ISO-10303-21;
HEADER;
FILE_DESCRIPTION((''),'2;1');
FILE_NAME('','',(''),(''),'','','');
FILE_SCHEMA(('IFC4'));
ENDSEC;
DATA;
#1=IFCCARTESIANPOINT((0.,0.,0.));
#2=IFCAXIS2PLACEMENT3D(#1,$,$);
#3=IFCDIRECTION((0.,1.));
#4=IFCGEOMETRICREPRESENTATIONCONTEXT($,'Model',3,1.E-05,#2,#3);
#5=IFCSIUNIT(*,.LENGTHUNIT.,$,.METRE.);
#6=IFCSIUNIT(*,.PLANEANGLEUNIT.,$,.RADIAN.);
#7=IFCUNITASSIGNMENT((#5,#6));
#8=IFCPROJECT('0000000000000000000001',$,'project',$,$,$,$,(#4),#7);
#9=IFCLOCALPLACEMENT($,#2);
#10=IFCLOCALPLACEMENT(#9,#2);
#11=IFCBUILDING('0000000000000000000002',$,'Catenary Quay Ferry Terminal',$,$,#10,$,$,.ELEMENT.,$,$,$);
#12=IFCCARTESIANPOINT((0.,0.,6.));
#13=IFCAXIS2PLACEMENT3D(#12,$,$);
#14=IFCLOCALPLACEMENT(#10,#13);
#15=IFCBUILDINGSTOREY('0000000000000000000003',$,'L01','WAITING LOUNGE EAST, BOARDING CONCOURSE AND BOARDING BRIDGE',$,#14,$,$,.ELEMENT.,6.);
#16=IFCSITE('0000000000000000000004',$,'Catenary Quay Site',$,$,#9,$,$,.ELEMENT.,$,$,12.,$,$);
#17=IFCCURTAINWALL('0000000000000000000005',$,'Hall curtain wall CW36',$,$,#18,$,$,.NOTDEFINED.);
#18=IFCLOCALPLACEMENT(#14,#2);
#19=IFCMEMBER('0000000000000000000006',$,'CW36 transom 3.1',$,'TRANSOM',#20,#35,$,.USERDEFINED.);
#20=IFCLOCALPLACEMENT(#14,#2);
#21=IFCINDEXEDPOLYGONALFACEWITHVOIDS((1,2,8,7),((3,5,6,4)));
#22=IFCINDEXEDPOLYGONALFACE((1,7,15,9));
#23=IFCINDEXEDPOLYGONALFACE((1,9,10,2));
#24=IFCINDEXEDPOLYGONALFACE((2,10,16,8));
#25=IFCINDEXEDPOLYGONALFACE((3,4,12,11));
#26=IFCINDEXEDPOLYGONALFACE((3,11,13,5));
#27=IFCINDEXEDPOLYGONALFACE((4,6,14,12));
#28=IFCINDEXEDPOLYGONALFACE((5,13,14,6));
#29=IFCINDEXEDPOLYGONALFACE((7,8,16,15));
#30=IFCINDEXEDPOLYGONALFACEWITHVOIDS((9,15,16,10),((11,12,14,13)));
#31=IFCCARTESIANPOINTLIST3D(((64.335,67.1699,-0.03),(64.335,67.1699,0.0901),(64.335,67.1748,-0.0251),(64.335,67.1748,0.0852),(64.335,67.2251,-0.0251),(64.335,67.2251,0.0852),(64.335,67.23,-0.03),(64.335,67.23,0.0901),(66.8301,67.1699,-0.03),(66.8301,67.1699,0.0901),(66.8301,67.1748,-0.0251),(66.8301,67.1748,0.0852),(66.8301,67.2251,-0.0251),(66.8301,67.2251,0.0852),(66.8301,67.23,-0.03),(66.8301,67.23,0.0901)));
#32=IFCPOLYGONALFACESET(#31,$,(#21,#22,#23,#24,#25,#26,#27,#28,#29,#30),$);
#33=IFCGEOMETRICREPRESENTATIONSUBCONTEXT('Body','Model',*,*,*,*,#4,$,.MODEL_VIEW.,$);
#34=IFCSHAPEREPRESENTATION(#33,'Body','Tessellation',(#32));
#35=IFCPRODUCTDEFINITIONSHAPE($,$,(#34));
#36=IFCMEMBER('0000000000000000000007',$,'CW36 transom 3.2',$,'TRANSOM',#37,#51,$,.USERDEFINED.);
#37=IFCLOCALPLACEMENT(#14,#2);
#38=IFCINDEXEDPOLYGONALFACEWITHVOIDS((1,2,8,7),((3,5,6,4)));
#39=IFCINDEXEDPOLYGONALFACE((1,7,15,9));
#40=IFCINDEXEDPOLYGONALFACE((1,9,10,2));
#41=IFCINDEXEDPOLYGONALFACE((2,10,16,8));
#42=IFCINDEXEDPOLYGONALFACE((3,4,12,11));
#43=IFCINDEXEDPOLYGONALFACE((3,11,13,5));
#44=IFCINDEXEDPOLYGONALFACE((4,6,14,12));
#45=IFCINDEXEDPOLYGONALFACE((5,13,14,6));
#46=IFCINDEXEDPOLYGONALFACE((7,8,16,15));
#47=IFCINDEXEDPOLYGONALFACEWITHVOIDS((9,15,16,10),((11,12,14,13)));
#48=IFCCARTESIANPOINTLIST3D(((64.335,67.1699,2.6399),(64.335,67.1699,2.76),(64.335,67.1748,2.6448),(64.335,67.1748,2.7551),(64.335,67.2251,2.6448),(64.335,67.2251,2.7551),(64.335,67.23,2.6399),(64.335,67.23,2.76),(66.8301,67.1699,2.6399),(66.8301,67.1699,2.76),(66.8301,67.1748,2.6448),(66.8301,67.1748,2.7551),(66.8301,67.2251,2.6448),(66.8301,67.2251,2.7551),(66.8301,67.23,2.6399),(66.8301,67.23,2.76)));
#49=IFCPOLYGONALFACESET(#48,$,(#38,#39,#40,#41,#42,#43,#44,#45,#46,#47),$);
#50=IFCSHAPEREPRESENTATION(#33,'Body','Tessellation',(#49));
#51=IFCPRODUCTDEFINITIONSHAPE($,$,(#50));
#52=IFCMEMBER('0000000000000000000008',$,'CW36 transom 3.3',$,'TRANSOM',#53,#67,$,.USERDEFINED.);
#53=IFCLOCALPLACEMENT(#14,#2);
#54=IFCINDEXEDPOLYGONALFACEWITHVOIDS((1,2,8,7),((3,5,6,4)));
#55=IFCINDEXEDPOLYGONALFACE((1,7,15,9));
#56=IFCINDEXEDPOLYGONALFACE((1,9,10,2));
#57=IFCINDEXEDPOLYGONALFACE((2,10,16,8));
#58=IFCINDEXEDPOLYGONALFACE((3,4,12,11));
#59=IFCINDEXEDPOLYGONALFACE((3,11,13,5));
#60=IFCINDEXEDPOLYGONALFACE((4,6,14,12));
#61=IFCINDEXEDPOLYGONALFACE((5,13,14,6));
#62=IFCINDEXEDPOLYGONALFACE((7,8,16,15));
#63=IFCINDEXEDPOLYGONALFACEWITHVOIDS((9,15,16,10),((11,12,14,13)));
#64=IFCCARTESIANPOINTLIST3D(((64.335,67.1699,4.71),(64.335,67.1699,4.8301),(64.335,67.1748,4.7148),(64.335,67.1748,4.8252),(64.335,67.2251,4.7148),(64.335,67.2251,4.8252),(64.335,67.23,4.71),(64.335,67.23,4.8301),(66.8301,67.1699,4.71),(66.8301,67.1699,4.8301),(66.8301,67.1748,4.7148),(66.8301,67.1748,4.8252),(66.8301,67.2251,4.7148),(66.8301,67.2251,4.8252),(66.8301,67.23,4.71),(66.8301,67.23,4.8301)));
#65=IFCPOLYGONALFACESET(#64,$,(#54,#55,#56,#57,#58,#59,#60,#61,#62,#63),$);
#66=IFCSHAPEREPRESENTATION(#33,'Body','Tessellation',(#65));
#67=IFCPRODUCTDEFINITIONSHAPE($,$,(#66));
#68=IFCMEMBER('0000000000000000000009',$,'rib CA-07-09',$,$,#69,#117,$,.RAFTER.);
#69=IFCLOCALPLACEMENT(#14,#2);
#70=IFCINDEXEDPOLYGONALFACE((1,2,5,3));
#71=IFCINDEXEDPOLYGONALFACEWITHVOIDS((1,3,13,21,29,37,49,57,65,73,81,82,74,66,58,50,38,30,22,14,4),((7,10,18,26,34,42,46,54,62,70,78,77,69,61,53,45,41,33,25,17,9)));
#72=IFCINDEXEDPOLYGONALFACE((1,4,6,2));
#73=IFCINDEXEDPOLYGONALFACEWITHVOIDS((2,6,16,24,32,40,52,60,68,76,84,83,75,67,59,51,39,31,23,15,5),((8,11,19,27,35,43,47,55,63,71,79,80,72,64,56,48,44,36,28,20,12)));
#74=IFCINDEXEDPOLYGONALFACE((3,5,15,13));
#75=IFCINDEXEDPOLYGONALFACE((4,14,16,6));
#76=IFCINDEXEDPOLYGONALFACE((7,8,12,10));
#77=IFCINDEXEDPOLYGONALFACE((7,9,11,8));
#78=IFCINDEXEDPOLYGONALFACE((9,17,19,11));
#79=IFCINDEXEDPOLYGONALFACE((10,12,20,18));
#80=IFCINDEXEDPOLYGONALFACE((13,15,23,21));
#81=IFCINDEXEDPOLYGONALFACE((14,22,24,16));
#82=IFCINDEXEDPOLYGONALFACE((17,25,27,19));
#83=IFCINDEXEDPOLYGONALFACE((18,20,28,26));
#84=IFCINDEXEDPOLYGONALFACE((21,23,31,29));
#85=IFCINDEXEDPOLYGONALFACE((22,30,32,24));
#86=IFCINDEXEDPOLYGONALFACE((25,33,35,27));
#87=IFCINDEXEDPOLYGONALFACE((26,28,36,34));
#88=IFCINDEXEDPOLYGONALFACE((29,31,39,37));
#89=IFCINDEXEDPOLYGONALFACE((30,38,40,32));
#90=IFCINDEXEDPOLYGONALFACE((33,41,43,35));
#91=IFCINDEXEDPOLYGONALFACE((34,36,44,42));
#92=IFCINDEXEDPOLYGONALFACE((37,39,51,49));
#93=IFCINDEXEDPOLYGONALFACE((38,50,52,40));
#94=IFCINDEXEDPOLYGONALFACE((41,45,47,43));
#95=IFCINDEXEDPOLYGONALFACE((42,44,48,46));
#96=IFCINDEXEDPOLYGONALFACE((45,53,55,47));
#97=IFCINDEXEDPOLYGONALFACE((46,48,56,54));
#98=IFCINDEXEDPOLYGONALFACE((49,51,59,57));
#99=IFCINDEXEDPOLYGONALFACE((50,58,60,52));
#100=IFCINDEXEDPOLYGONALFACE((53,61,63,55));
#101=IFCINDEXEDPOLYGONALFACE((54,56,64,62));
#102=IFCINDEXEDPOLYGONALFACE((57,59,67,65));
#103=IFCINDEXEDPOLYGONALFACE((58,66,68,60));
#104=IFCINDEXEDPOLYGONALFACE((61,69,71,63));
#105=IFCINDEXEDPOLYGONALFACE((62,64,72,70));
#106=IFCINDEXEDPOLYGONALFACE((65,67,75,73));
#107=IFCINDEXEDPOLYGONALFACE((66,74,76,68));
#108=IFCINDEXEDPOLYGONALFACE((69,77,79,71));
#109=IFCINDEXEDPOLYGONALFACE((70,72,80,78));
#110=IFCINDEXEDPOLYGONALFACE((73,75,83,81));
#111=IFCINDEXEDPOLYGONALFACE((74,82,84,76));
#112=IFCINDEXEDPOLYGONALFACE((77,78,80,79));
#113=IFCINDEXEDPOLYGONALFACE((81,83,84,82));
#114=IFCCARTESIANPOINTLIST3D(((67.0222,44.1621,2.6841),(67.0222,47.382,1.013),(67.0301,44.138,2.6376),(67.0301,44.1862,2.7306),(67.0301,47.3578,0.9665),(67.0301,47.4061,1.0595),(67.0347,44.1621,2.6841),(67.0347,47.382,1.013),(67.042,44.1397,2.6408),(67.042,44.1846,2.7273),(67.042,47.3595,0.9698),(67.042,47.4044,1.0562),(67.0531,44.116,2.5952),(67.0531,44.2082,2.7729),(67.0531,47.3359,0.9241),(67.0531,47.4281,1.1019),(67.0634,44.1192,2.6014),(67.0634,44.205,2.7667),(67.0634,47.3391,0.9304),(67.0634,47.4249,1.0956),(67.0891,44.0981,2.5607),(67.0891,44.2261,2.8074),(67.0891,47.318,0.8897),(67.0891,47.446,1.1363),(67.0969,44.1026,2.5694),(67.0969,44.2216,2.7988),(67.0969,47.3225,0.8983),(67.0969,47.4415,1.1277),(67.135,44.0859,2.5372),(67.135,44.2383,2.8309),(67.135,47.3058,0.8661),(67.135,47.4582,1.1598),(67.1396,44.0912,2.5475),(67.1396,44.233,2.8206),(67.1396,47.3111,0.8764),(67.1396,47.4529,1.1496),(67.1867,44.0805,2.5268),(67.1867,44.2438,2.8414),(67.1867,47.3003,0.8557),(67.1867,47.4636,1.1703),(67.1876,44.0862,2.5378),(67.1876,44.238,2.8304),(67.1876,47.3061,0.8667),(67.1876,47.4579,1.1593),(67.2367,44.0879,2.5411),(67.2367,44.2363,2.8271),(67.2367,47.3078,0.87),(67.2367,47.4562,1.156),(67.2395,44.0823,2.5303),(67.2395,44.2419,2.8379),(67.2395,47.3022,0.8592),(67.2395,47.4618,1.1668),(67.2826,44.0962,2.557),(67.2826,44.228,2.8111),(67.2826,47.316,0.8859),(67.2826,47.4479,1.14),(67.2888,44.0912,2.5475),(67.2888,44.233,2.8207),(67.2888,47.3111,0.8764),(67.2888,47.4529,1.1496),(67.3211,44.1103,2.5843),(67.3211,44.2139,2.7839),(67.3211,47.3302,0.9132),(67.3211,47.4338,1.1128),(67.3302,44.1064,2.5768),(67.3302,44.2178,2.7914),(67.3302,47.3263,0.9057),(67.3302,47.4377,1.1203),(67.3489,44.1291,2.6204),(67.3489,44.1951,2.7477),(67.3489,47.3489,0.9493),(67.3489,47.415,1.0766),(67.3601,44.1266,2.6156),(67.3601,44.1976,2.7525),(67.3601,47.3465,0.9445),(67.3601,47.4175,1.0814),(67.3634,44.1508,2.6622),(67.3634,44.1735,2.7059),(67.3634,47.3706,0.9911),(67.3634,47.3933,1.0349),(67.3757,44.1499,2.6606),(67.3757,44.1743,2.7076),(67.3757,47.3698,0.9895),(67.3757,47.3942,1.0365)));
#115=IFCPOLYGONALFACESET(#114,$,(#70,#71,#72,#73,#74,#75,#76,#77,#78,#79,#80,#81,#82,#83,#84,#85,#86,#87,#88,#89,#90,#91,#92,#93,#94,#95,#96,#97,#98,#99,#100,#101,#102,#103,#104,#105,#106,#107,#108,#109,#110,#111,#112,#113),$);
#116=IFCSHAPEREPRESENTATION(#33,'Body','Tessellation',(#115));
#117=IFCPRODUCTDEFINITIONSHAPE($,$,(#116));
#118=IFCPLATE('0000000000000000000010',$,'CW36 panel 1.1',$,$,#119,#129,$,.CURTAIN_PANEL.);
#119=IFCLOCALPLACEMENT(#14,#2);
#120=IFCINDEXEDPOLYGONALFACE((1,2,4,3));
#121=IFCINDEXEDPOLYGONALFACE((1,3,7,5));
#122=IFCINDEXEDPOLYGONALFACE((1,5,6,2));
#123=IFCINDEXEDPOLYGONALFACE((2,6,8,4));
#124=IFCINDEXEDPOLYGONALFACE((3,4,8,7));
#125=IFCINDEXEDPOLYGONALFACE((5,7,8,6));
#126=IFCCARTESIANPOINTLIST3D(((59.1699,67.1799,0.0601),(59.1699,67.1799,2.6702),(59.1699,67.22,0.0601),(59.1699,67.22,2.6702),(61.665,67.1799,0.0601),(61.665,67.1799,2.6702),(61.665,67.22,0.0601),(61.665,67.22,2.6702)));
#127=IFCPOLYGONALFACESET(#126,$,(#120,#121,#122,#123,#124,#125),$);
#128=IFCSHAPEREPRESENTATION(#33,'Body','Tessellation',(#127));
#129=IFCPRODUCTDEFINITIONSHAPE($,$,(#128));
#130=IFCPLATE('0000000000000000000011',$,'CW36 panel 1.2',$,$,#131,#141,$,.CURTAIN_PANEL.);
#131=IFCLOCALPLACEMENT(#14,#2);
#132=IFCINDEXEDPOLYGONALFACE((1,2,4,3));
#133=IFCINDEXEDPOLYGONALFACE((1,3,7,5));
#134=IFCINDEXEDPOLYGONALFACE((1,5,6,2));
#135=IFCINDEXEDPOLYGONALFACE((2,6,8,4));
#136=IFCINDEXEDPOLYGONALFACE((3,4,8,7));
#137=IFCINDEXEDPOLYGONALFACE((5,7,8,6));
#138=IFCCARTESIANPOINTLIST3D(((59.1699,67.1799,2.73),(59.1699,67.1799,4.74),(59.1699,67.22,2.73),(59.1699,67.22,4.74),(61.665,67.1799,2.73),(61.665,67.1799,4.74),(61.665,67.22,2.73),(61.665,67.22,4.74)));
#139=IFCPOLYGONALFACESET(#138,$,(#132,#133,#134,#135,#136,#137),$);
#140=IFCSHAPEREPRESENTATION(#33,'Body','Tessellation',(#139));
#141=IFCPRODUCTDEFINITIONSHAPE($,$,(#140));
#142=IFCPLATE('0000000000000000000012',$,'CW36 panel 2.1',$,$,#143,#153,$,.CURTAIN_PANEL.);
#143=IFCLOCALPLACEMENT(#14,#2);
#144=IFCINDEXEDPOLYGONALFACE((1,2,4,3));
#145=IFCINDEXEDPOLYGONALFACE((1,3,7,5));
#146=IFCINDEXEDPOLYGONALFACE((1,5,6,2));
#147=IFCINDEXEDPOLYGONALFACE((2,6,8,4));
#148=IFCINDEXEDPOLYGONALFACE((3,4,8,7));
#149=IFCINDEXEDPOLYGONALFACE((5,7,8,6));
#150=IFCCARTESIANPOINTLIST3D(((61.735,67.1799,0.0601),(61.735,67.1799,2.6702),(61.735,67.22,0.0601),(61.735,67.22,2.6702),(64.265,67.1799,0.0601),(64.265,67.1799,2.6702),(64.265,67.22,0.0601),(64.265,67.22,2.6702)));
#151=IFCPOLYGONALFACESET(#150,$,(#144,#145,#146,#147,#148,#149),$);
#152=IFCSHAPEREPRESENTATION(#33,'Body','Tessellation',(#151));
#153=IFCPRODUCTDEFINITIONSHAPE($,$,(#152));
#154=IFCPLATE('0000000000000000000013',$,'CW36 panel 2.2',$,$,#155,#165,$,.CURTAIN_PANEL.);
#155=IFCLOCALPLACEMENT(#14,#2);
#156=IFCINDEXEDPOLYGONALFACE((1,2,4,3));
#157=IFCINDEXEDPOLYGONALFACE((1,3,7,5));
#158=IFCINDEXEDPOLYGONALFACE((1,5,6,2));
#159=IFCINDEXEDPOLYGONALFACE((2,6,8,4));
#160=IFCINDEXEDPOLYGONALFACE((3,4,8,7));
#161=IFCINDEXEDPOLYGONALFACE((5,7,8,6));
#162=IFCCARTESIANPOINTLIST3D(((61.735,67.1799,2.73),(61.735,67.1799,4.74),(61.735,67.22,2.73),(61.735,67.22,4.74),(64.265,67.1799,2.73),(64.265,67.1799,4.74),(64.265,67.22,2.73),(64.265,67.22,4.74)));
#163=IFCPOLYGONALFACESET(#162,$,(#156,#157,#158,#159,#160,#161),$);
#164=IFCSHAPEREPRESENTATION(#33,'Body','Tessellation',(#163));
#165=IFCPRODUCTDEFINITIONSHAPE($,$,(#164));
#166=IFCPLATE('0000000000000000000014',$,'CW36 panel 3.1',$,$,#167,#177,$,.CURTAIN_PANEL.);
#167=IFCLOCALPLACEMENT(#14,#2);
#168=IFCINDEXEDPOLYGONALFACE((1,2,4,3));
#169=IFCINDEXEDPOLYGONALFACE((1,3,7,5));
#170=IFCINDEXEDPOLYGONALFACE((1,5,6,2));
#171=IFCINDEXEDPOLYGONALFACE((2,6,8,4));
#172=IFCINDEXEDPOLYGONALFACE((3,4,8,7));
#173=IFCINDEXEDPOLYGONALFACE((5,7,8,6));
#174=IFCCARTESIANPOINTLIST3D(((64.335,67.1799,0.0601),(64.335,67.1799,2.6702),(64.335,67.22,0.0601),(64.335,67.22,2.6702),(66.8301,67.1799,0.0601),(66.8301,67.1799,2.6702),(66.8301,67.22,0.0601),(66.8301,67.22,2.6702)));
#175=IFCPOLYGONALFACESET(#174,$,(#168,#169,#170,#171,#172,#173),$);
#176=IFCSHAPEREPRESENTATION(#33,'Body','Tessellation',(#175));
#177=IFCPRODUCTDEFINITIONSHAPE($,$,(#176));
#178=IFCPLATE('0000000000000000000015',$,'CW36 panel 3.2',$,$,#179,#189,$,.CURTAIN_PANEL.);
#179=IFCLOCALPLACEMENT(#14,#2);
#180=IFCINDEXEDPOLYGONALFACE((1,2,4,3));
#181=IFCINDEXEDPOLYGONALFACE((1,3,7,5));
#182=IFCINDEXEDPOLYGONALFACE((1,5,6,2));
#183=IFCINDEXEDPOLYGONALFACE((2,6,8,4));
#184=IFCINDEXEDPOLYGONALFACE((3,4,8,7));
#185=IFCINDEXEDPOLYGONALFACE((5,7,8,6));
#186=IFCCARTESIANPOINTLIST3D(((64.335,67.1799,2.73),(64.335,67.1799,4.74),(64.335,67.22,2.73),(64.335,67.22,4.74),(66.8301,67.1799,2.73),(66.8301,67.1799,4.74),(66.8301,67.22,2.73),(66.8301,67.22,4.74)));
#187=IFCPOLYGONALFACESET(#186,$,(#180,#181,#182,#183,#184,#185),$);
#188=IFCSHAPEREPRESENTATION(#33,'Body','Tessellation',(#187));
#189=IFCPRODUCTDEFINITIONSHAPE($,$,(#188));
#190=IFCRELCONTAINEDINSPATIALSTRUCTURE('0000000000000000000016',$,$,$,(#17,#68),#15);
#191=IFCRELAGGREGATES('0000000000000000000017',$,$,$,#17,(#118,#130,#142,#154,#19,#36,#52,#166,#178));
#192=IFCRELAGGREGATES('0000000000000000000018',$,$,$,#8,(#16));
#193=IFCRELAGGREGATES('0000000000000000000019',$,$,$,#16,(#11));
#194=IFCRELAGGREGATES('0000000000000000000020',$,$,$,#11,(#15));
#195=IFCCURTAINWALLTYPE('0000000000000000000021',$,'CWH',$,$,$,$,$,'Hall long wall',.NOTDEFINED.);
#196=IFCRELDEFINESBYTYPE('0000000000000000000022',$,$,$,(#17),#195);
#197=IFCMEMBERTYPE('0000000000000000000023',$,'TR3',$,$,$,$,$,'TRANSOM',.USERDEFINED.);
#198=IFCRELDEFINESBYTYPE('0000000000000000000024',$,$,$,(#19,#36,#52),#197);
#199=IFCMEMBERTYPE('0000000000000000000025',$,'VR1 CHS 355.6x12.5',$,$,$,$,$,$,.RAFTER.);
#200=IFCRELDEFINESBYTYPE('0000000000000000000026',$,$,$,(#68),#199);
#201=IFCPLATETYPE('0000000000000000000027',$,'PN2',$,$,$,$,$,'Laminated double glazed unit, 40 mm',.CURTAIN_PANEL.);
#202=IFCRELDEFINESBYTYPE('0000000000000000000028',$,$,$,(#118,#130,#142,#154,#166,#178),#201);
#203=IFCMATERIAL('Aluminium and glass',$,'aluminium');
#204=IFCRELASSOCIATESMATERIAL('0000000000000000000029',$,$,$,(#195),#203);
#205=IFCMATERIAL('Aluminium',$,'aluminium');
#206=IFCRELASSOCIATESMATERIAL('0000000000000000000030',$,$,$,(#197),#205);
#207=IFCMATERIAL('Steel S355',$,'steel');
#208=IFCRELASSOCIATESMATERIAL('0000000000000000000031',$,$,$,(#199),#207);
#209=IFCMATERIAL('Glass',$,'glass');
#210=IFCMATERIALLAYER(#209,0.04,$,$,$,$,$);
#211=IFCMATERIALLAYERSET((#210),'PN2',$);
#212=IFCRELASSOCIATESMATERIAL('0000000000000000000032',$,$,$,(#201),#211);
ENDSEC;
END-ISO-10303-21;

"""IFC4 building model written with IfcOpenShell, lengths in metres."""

from ifc_helpers import new_model, si_unit, direction, frame, origin, origin_2d, place, context, subcontext, project, spatial, rectangle, hollow_rectangle, hollow_circle, extrude, material, layer, layer_set, material_profile, profile_set, type_object, element, aggregate, save


model = new_model("IFC4")

# Units and contexts
model_context = context("Model", 3, precision=1e-05, world=origin(), true_north=direction((0.0, 1.0)))
body_context = subcontext(model_context, "Body", "Model", "MODEL_VIEW")
ifc_project = project(units=[si_unit("LENGTHUNIT", "METRE"), si_unit("PLANEANGLEUNIT", "RADIAN")], contexts=[model_context])

# Site, building, storey
site_placement = place(None, origin())
site = spatial("IfcSite", under=ifc_project, at=site_placement, Name="Catenary Quay Site", CompositionType="ELEMENT", RefElevation=12.0)
building_placement = place(site_placement, origin())
building = spatial("IfcBuilding", under=site, at=building_placement, Name="Catenary Quay Ferry Terminal", CompositionType="ELEMENT")
storey_placement = place(building_placement, frame((0.0, 0.0, 6.0)))
storey = spatial("IfcBuildingStorey", under=building, at=storey_placement, Name="L01", Description="WAITING LOUNGE EAST, BOARDING CONCOURSE AND BOARDING BRIDGE", CompositionType="ELEMENT", Elevation=6.0)

# Curtain wall
ifc_material_1 = material(Name="Aluminium and glass", Category="aluminium")
curtain_wall_type = type_object("IfcCurtainWallType", Name="CWH", ElementType="Hall long wall", PredefinedType="NOTDEFINED", material=ifc_material_1)
curtain_wall_placement = place(storey_placement, origin())
curtain_wall = element("IfcCurtainWall", 1, at=curtain_wall_placement, inside=storey, type_object=curtain_wall_type, Name="Hall curtain wall CW36", PredefinedType="NOTDEFINED")

# Members
ifc_material_2 = material(Name="Aluminium", Category="aluminium")
ifc_material_profile_1 = material_profile(ifc_material_2, hollow_rectangle(XDim=0.0601, YDim=0.1201, WallThickness=0.0049, at=origin_2d()), Name="TR3")
ifc_profile_set_1 = profile_set([ifc_material_profile_1], Name="Aluminium")
member_type_1 = type_object("IfcMemberType", Name="TR3", ElementType="TRANSOM", PredefinedType="USERDEFINED", material=ifc_profile_set_1)
member_1_placement = place(storey_placement, frame((64.335, 67.2, 0.03), z_axis=(1.0, 0.0, 0.0), x_axis=(0.0, 1.0, 0.0)))
member_1 = element("IfcMember", 2, at=member_1_placement, type_object=member_type_1, Name="CW36 transom 3.1", ObjectType="TRANSOM", PredefinedType="USERDEFINED", context=body_context, shape_type="SweptSolid", body=[
    extrude(hollow_rectangle(XDim=0.0601, YDim=0.1201, WallThickness=0.0049, at=origin_2d()), origin(), (0.0, 0.0, 1.0), 2.4951),
])
member_2_placement = place(storey_placement, frame((64.335, 67.2, 2.7), z_axis=(1.0, 0.0, 0.0), x_axis=(0.0, 1.0, 0.0)))
member_2 = element("IfcMember", 3, at=member_2_placement, type_object=member_type_1, Name="CW36 transom 3.2", ObjectType="TRANSOM", PredefinedType="USERDEFINED", context=body_context, shape_type="SweptSolid", body=[
    extrude(hollow_rectangle(XDim=0.0601, YDim=0.1201, WallThickness=0.0049, at=origin_2d()), origin(), (0.0, 0.0, 1.0), 2.4951),
])
member_3_placement = place(storey_placement, frame((64.335, 67.2, 4.77), z_axis=(1.0, 0.0, 0.0), x_axis=(0.0, 1.0, 0.0)))
member_3 = element("IfcMember", 4, at=member_3_placement, type_object=member_type_1, Name="CW36 transom 3.3", ObjectType="TRANSOM", PredefinedType="USERDEFINED", context=body_context, shape_type="SweptSolid", body=[
    extrude(hollow_rectangle(XDim=0.0601, YDim=0.1201, WallThickness=0.0049, at=origin_2d()), origin(), (0.0, 0.0, 1.0), 2.4951),
])
ifc_material_3 = material(Name="Steel S355", Category="steel")
ifc_material_profile_2 = material_profile(ifc_material_3, hollow_circle(Radius=0.1777, WallThickness=0.0125, at=origin_2d()), Name="CHS 355.6x12.5")
ifc_profile_set_2 = profile_set([ifc_material_profile_2], Name="Steel S355")
member_type_2 = type_object("IfcMemberType", Name="VR1 CHS 355.6x12.5", PredefinedType="RAFTER", material=ifc_profile_set_2)
member_4_placement = place(storey_placement, frame((67.2, 44.1621, 2.6841), z_axis=(0.0, 0.887582, -0.460649), x_axis=(-1.0, 0.0, 0.0)))
element("IfcMember", 5, at=member_4_placement, inside=storey, type_object=member_type_2, Name="rib CA-07-09", PredefinedType="RAFTER", context=body_context, shape_type="SweptSolid", body=[
    extrude(hollow_circle(Radius=0.1777, WallThickness=0.0125, at=origin_2d()), origin(), (0.0, 0.0, 1.0), 3.6277),
])

# Plates
ifc_material_4 = material(Name="Glass", Category="glass")
ifc_layer_1 = layer(ifc_material_4, 0.04)
ifc_layer_set_1 = layer_set([ifc_layer_1], Name="PN2")
plate_type = type_object("IfcPlateType", Name="PN2", ElementType="Laminated double glazed unit, 40 mm", PredefinedType="CURTAIN_PANEL", material=ifc_layer_set_1)
plate_1_placement = place(storey_placement, frame((60.4175, 67.2, 0.0601), z_axis=(0.0, 0.0, 1.0), x_axis=(1.0, 0.0, 0.0)))
plate_1 = element("IfcPlate", 6, at=plate_1_placement, type_object=plate_type, Name="CW36 panel 1.1", PredefinedType="CURTAIN_PANEL", context=body_context, shape_type="SweptSolid", body=[
    extrude(rectangle(XDim=2.4951, YDim=0.04, at=origin_2d()), origin(), (0.0, 0.0, 1.0), 2.6101),
])
plate_2_placement = place(storey_placement, frame((60.4175, 67.2, 2.73), z_axis=(0.0, 0.0, 1.0), x_axis=(1.0, 0.0, 0.0)))
plate_2 = element("IfcPlate", 7, at=plate_2_placement, type_object=plate_type, Name="CW36 panel 1.2", PredefinedType="CURTAIN_PANEL", context=body_context, shape_type="SweptSolid", body=[
    extrude(rectangle(XDim=2.4951, YDim=0.04, at=origin_2d()), origin(), (0.0, 0.0, 1.0), 2.01),
])
plate_3_placement = place(storey_placement, frame((63.0, 67.2, 0.0601), z_axis=(0.0, 0.0, 1.0), x_axis=(1.0, 0.0, 0.0)))
plate_3 = element("IfcPlate", 8, at=plate_3_placement, type_object=plate_type, Name="CW36 panel 2.1", PredefinedType="CURTAIN_PANEL", context=body_context, shape_type="SweptSolid", body=[
    extrude(rectangle(XDim=2.53, YDim=0.04, at=origin_2d()), origin(), (0.0, 0.0, 1.0), 2.6101),
])
plate_4_placement = place(storey_placement, frame((63.0, 67.2, 2.73), z_axis=(0.0, 0.0, 1.0), x_axis=(1.0, 0.0, 0.0)))
plate_4 = element("IfcPlate", 9, at=plate_4_placement, type_object=plate_type, Name="CW36 panel 2.2", PredefinedType="CURTAIN_PANEL", context=body_context, shape_type="SweptSolid", body=[
    extrude(rectangle(XDim=2.53, YDim=0.04, at=origin_2d()), origin(), (0.0, 0.0, 1.0), 2.01),
])
plate_5_placement = place(storey_placement, frame((65.5825, 67.2, 0.0601), z_axis=(0.0, 0.0, 1.0), x_axis=(1.0, 0.0, 0.0)))
plate_5 = element("IfcPlate", 10, at=plate_5_placement, type_object=plate_type, Name="CW36 panel 3.1", PredefinedType="CURTAIN_PANEL", context=body_context, shape_type="SweptSolid", body=[
    extrude(rectangle(XDim=2.4951, YDim=0.04, at=origin_2d()), origin(), (0.0, 0.0, 1.0), 2.6101),
])
plate_6_placement = place(storey_placement, frame((65.5825, 67.2, 2.73), z_axis=(0.0, 0.0, 1.0), x_axis=(1.0, 0.0, 0.0)))
plate_6 = element("IfcPlate", 11, at=plate_6_placement, type_object=plate_type, Name="CW36 panel 3.2", PredefinedType="CURTAIN_PANEL", context=body_context, shape_type="SweptSolid", body=[
    extrude(rectangle(XDim=2.4951, YDim=0.04, at=origin_2d()), origin(), (0.0, 0.0, 1.0), 2.01),
])
aggregate(curtain_wall, [plate_1, plate_2, plate_3, plate_4, member_1, member_2, member_3, plate_5, plate_6])

save(model, "model.ifc")
